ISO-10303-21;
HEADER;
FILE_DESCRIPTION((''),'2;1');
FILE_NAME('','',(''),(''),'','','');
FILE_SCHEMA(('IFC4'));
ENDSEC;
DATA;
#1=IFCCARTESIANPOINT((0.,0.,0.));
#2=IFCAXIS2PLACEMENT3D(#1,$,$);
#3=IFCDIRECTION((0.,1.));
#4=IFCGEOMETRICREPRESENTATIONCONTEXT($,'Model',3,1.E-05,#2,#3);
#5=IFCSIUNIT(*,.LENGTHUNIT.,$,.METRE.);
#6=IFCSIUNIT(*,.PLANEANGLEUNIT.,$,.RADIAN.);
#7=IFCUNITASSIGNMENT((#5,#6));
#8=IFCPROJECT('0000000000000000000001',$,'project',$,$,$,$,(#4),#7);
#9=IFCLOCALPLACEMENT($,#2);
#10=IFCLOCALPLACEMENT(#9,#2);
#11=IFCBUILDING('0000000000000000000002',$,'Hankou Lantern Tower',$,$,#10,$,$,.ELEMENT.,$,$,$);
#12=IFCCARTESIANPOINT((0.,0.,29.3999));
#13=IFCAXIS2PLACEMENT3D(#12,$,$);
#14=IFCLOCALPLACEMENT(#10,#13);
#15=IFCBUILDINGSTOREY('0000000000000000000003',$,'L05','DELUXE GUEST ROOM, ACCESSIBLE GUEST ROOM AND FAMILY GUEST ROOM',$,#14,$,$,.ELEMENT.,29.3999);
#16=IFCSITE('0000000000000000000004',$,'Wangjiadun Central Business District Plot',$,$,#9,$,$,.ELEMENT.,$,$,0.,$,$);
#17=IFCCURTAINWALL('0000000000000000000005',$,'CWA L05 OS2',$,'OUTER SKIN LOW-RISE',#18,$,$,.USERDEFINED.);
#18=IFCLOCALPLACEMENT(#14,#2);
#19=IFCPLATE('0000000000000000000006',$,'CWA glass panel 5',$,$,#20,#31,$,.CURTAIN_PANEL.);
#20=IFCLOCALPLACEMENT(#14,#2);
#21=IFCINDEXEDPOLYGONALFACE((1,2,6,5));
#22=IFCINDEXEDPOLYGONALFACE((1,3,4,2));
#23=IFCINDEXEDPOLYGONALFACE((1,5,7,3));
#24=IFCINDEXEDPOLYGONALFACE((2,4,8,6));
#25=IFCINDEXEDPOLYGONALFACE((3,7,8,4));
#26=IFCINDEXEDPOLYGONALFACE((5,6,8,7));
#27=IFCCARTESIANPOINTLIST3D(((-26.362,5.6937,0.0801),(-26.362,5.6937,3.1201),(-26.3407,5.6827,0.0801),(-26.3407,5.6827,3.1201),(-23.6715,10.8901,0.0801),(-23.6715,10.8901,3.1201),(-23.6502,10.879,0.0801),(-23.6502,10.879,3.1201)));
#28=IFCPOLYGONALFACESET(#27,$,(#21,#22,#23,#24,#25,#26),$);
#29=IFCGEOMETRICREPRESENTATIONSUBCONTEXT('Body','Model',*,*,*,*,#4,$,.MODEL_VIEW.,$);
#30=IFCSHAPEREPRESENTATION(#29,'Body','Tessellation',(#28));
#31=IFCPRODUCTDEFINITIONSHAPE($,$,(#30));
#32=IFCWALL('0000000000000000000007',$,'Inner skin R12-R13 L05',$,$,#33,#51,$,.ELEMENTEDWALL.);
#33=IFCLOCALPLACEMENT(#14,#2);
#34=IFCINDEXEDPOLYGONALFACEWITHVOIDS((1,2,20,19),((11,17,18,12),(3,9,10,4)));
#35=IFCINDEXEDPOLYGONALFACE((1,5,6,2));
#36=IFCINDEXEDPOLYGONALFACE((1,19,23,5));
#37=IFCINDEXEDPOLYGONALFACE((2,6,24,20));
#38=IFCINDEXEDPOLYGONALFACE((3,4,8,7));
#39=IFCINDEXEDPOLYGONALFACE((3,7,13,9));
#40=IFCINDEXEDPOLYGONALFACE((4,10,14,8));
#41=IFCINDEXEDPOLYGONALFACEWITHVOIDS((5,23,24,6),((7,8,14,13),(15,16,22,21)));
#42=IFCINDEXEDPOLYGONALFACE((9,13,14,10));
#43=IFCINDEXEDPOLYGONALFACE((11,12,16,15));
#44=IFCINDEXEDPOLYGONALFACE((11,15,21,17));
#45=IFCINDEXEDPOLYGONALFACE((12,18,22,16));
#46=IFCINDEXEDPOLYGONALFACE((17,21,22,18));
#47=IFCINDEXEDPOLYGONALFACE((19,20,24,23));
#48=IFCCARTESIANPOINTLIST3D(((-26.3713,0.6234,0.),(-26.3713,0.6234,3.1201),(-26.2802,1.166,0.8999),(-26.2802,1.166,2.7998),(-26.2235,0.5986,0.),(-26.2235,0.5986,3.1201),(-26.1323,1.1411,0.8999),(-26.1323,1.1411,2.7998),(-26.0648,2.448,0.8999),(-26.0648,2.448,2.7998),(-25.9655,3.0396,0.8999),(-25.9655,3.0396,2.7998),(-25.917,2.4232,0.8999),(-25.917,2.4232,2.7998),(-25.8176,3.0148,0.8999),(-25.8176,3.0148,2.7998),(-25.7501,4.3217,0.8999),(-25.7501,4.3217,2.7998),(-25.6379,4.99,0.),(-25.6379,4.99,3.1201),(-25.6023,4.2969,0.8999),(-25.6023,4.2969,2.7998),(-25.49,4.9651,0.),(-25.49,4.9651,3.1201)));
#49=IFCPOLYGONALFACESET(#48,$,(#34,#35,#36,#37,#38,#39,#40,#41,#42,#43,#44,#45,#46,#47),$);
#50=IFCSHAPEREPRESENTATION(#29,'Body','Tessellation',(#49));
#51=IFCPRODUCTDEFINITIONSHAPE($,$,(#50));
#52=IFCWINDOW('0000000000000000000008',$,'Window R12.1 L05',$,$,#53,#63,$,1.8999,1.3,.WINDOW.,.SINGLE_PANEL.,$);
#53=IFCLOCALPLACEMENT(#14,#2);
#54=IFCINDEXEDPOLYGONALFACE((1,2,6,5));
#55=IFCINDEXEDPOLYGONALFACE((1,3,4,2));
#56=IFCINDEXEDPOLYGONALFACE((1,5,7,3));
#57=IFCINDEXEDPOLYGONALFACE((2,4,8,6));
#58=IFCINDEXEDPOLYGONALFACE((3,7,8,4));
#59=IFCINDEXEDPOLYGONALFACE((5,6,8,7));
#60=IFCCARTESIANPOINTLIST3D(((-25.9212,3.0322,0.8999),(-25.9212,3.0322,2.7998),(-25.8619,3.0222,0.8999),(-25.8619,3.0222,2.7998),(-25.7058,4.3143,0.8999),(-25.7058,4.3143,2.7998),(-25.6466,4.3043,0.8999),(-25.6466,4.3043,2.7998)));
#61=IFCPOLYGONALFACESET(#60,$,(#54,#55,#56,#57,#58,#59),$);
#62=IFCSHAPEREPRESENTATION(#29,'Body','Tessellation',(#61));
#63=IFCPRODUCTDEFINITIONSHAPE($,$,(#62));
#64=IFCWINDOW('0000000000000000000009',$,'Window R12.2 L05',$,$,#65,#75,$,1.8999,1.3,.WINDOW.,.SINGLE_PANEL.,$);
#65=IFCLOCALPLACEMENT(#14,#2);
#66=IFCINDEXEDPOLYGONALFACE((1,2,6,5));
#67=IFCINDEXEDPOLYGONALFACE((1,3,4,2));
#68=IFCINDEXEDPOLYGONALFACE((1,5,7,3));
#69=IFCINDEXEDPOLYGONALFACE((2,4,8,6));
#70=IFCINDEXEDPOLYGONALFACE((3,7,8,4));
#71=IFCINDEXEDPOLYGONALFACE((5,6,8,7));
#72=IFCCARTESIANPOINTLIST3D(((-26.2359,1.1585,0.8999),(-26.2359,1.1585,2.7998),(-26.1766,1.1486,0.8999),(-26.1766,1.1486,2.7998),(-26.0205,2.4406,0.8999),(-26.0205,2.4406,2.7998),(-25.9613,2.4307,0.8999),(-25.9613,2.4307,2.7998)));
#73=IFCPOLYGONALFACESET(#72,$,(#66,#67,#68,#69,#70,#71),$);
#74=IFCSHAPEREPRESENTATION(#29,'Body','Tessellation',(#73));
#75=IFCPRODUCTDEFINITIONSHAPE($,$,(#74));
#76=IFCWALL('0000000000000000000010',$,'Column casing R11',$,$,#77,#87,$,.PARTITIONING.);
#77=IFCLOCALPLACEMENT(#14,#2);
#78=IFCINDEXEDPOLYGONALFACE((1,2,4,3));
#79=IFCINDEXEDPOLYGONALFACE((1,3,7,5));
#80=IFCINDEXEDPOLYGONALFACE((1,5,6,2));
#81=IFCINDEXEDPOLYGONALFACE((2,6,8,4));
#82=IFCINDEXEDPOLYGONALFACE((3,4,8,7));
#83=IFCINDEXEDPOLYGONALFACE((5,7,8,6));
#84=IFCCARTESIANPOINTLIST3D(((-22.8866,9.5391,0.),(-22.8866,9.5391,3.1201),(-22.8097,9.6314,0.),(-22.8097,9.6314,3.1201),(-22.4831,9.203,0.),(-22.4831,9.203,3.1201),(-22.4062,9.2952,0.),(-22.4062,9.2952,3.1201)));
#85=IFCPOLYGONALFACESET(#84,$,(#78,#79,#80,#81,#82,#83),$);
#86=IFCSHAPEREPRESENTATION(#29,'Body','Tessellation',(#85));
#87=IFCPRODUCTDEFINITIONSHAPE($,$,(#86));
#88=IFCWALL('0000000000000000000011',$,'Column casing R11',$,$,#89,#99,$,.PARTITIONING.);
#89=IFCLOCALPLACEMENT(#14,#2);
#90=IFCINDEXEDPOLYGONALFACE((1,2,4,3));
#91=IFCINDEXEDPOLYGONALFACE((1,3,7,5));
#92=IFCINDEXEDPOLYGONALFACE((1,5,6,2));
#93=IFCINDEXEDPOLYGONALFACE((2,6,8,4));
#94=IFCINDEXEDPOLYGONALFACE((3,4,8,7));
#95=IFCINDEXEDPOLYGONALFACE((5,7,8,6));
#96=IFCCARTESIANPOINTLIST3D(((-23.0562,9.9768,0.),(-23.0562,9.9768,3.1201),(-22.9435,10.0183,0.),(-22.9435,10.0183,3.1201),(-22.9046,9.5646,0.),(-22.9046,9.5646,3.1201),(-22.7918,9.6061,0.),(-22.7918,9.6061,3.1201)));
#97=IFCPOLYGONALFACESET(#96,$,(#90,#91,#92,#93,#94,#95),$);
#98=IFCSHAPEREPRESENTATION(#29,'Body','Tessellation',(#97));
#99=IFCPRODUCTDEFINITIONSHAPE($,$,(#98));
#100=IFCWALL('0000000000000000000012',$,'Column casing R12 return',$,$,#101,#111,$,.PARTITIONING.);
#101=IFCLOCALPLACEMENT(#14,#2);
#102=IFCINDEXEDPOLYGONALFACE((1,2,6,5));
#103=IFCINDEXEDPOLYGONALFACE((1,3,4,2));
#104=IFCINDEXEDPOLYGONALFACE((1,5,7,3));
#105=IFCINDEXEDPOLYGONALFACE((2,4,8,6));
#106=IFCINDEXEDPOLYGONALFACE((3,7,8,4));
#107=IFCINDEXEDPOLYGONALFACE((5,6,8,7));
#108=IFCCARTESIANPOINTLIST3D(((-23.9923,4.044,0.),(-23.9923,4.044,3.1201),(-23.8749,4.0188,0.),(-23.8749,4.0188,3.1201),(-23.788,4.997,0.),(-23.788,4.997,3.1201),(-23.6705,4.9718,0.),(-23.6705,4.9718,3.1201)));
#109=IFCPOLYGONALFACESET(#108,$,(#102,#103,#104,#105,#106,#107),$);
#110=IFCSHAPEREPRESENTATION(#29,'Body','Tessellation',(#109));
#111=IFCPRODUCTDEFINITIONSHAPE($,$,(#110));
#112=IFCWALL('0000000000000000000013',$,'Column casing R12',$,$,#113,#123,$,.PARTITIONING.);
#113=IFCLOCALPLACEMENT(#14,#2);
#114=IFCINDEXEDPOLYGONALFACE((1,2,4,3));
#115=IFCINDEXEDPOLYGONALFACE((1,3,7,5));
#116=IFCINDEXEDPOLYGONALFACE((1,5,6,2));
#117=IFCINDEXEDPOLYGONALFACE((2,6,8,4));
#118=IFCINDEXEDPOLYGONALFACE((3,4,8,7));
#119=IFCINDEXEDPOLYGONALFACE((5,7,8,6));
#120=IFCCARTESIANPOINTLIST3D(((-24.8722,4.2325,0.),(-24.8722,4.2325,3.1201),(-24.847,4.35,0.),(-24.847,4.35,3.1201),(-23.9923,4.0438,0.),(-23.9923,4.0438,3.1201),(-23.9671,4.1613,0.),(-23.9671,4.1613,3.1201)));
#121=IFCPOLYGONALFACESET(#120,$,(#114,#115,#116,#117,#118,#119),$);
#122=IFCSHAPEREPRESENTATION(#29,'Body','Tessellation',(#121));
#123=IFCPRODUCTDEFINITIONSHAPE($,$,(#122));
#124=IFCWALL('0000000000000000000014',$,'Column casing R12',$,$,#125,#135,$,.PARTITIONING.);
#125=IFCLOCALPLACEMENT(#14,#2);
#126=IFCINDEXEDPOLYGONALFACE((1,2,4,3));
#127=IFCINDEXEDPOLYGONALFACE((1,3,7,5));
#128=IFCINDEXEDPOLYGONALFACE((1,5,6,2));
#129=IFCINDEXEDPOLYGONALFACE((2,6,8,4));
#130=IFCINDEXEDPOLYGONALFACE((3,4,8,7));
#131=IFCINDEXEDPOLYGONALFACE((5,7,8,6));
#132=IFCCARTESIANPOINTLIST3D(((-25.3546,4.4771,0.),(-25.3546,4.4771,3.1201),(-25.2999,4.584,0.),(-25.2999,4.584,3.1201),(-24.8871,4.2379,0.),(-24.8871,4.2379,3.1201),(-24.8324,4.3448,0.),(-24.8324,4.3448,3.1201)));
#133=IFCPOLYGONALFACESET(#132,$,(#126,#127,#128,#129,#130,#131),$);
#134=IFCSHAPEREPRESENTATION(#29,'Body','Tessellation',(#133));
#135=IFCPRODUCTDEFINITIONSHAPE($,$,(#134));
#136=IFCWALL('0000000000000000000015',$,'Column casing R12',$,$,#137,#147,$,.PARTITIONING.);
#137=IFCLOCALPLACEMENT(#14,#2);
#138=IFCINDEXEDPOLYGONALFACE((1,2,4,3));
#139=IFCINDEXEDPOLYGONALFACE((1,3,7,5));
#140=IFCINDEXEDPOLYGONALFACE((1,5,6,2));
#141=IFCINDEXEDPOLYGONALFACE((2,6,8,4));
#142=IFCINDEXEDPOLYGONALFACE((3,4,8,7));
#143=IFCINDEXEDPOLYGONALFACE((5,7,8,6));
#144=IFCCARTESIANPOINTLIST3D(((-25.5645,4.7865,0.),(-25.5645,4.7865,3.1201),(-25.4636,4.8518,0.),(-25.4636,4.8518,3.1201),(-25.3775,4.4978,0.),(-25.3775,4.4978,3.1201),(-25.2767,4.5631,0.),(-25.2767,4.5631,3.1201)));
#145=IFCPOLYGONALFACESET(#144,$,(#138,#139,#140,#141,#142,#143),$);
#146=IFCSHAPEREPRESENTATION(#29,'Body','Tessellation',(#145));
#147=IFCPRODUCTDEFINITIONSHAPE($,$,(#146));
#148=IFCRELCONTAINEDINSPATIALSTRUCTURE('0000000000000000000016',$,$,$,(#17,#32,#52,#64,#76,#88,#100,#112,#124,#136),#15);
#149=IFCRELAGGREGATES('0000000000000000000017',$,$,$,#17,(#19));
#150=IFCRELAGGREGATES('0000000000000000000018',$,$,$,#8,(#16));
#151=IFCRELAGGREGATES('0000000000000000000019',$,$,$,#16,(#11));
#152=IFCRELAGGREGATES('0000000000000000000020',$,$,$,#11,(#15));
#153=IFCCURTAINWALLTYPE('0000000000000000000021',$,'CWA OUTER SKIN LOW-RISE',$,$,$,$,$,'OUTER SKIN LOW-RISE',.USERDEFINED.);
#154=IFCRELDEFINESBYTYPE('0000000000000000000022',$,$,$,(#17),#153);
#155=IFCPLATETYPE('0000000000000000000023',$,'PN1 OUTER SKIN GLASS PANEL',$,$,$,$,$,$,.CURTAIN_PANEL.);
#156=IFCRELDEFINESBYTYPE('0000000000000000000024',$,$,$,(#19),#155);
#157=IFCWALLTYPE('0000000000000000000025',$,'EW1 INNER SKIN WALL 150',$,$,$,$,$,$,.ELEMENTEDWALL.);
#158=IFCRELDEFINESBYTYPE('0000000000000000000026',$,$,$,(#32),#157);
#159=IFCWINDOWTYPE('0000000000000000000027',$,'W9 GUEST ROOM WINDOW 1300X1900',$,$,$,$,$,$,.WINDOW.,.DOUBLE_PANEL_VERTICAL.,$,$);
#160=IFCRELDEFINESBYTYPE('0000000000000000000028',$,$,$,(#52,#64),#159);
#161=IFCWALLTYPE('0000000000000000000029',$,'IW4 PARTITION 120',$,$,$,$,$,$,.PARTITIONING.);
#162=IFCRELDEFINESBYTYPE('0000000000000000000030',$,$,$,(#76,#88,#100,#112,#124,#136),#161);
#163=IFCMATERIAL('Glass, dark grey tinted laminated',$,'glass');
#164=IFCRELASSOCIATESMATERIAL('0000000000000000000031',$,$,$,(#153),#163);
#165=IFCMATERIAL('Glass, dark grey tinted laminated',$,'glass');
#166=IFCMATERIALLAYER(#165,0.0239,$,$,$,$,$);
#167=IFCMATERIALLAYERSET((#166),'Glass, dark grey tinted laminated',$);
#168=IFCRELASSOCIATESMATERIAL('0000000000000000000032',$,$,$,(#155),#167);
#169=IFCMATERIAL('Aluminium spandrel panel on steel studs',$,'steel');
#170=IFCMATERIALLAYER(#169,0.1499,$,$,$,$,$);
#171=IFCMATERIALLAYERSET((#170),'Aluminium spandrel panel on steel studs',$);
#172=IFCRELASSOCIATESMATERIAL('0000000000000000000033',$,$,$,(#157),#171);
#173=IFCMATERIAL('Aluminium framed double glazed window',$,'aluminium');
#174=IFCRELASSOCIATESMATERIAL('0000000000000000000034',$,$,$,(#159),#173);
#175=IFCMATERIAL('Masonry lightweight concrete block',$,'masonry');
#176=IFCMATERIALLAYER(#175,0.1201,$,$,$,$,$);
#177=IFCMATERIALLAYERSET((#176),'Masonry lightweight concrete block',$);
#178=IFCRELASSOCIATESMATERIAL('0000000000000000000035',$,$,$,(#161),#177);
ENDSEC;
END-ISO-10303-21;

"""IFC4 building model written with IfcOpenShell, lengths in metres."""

from ifc_helpers import new_model, si_unit, direction, frame, frame_2d, origin, origin_2d, place, context, subcontext, project, spatial, rectangle, extrude, material, layer, layer_set, type_object, element, fill, aggregate, save


model = new_model("IFC4")

# Units and contexts
model_context = context("Model", 3, precision=1e-05, world=origin(), true_north=direction((0.0, 1.0)))
body_context = subcontext(model_context, "Body", "Model", "MODEL_VIEW")
ifc_project = project(units=[si_unit("LENGTHUNIT", "METRE"), si_unit("PLANEANGLEUNIT", "RADIAN")], contexts=[model_context])

# Site, building, storey
site_placement = place(None, origin())
site = spatial("IfcSite", under=ifc_project, at=site_placement, Name="Wangjiadun Central Business District Plot", CompositionType="ELEMENT", RefElevation=0.0)
building_placement = place(site_placement, origin())
building = spatial("IfcBuilding", under=site, at=building_placement, Name="Hankou Lantern Tower", CompositionType="ELEMENT")
storey_placement = place(building_placement, frame((0.0, 0.0, 29.3999)))
storey = spatial("IfcBuildingStorey", under=building, at=storey_placement, Name="L05", Description="DELUXE GUEST ROOM, ACCESSIBLE GUEST ROOM AND FAMILY GUEST ROOM", CompositionType="ELEMENT", Elevation=29.3999)

# Curtain wall
ifc_material_1 = material(Name="Glass, dark grey tinted laminated", Category="glass")
curtain_wall_type = type_object("IfcCurtainWallType", Name="CWA OUTER SKIN LOW-RISE", ElementType="OUTER SKIN LOW-RISE", PredefinedType="USERDEFINED", material=ifc_material_1)
curtain_wall_placement = place(storey_placement, origin())
curtain_wall = element("IfcCurtainWall", 1, at=curtain_wall_placement, inside=storey, type_object=curtain_wall_type, Name="CWA L05 OS2", ObjectType="OUTER SKIN LOW-RISE", PredefinedType="USERDEFINED")

# Plate
ifc_material_2 = material(Name="Glass, dark grey tinted laminated", Category="glass")
ifc_layer_1 = layer(ifc_material_2, 0.0239)
ifc_layer_set_1 = layer_set([ifc_layer_1], Name="Glass, dark grey tinted laminated")
plate_type = type_object("IfcPlateType", Name="PN1 OUTER SKIN GLASS PANEL", PredefinedType="CURTAIN_PANEL", material=ifc_layer_set_1)
plate_placement = place(storey_placement, frame((-25.0061, 8.2864, 0.0801), z_axis=(0.0, 0.0, 1.0), x_axis=(-0.459791, -0.888027, 0.0)))
plate = element("IfcPlate", 2, at=plate_placement, type_object=plate_type, Name="CWA glass panel 5", PredefinedType="CURTAIN_PANEL", context=body_context, shape_type="SweptSolid", body=[
    extrude(rectangle(XDim=5.8516, YDim=0.0239, at=origin_2d()), origin(), (0.0, 0.0, 1.0), 3.04),
])
aggregate(curtain_wall, [plate])

# Wall, openings, windows
ifc_material_3 = material(Name="Aluminium spandrel panel on steel studs", Category="steel")
ifc_layer_2 = layer(ifc_material_3, 0.1499)
ifc_layer_set_2 = layer_set([ifc_layer_2], Name="Aluminium spandrel panel on steel studs")
wall_type_1 = type_object("IfcWallType", Name="EW1 INNER SKIN WALL 150", PredefinedType="ELEMENTEDWALL", material=ifc_layer_set_2)
wall_1_placement = place(storey_placement, frame((-25.564, 4.9775, 0.0), z_axis=(0.0, 0.0, 1.0), x_axis=(-0.165642, -0.986186, 0.0)))
wall_1 = element("IfcWall", 3, at=wall_1_placement, inside=storey, type_object=wall_type_1, Name="Inner skin R12-R13 L05", PredefinedType="ELEMENTEDWALL", context=body_context, shape_type="SweptSolid", body=[
    extrude(rectangle(XDim=4.4277, YDim=0.1499, at=frame_2d((2.2139, 0.0))), origin(), (0.0, 0.0, 1.0), 3.1201),
])
opening_1_placement = place(wall_1_placement, frame((0.6777, 0.0, 0.8999)))
opening_1 = element("IfcOpeningElement", 4, at=opening_1_placement, cuts=wall_1, PredefinedType="OPENING", context=body_context, shape_type="SweptSolid", body=[
    extrude(rectangle(XDim=1.3, YDim=1.8999, at=frame_2d((0.6499, 0.95))), frame((0.0, 0.085, 0.0), z_axis=(0.0, -1.0, 0.0), x_axis=(1.0, 0.0, 0.0)), (0.0, 0.0, 1.0), 0.1699),
])
opening_2_placement = place(wall_1_placement, frame((2.5776, 0.0, 0.8999)))
opening_2 = element("IfcOpeningElement", 5, at=opening_2_placement, cuts=wall_1, PredefinedType="OPENING", context=body_context, shape_type="SweptSolid", body=[
    extrude(rectangle(XDim=1.3, YDim=1.8999, at=frame_2d((0.6499, 0.95))), frame((0.0, 0.085, 0.0), z_axis=(0.0, -1.0, 0.0), x_axis=(1.0, 0.0, 0.0)), (0.0, 0.0, 1.0), 0.1699),
])
ifc_material_4 = material(Name="Aluminium framed double glazed window", Category="aluminium")
window_type = type_object("IfcWindowType", Name="W9 GUEST ROOM WINDOW 1300X1900", PartitioningType="DOUBLE_PANEL_VERTICAL", PredefinedType="WINDOW", material=ifc_material_4)
window_1_placement = place(opening_1_placement, origin())
window_1 = element("IfcWindow", 6, at=window_1_placement, inside=storey, type_object=window_type, Name="Window R12.1 L05", OverallHeight=1.8999, OverallWidth=1.3, PartitioningType="SINGLE_PANEL", PredefinedType="WINDOW", context=body_context, shape_type="SweptSolid", body=[
    extrude(rectangle(XDim=1.3, YDim=1.8999, at=frame_2d((0.6499, 0.95))), frame((0.0, 0.03, 0.0), z_axis=(0.0, -1.0, 0.0), x_axis=(1.0, 0.0, 0.0)), (0.0, 0.0, 1.0), 0.0601),
])
fill(opening_1, window_1)
window_2_placement = place(opening_2_placement, origin())
window_2 = element("IfcWindow", 7, at=window_2_placement, inside=storey, type_object=window_type, Name="Window R12.2 L05", OverallHeight=1.8999, OverallWidth=1.3, PartitioningType="SINGLE_PANEL", PredefinedType="WINDOW", context=body_context, shape_type="SweptSolid", body=[
    extrude(rectangle(XDim=1.3, YDim=1.8999, at=frame_2d((0.6499, 0.95))), frame((0.0, 0.03, 0.0), z_axis=(0.0, -1.0, 0.0), x_axis=(1.0, 0.0, 0.0)), (0.0, 0.0, 1.0), 0.0601),
])
fill(opening_2, window_2)

# Walls
ifc_material_5 = material(Name="Masonry lightweight concrete block", Category="masonry")
ifc_layer_3 = layer(ifc_material_5, 0.1201)
ifc_layer_set_3 = layer_set([ifc_layer_3], Name="Masonry lightweight concrete block")
wall_type_2 = type_object("IfcWallType", Name="IW4 PARTITION 120", PredefinedType="PARTITIONING", material=ifc_layer_set_3)
wall_2_placement = place(storey_placement, frame((-22.4446, 9.249, 0.0), z_axis=(0.0, 0.0, 1.0), x_axis=(-0.768336, 0.640047, 0.0)))
element("IfcWall", 8, at=wall_2_placement, inside=storey, type_object=wall_type_2, Name="Column casing R11", PredefinedType="PARTITIONING", context=body_context, shape_type="SweptSolid", body=[
    extrude(rectangle(XDim=0.5251, YDim=0.1201, at=frame_2d((0.2627, 0.0))), origin(), (0.0, 0.0, 1.0), 3.1201),
])
wall_3_placement = place(storey_placement, frame((-22.8481, 9.5852, 0.0), z_axis=(0.0, 0.0, 1.0), x_axis=(-0.345267, 0.938504, 0.0)))
element("IfcWall", 9, at=wall_3_placement, inside=storey, type_object=wall_type_2, Name="Column casing R11", PredefinedType="PARTITIONING", context=body_context, shape_type="SweptSolid", body=[
    extrude(rectangle(XDim=0.4392, YDim=0.1201, at=frame_2d((0.2197, 0.0))), origin(), (0.0, 0.0, 1.0), 3.1201),
])
wall_4_placement = place(storey_placement, frame((-23.7292, 4.9844, 0.0), z_axis=(0.0, 0.0, 1.0), x_axis=(-0.209683, -0.977769, 0.0)))
element("IfcWall", 10, at=wall_4_placement, inside=storey, type_object=wall_type_2, Name="Column casing R12 return", PredefinedType="PARTITIONING", context=body_context, shape_type="SweptSolid", body=[
    extrude(rectangle(XDim=0.9746, YDim=0.1201, at=frame_2d((0.4873, 0.0))), origin(), (0.0, 0.0, 1.0), 3.1201),
])
wall_5_placement = place(storey_placement, frame((-23.9797, 4.1025, 0.0), z_axis=(0.0, 0.0, 1.0), x_axis=(-0.977763, 0.209714, 0.0)))
element("IfcWall", 11, at=wall_5_placement, inside=storey, type_object=wall_type_2, Name="Column casing R12", PredefinedType="PARTITIONING", context=body_context, shape_type="SweptSolid", body=[
    extrude(rectangle(XDim=0.8999, YDim=0.1201, at=frame_2d((0.45, 0.0))), origin(), (0.0, 0.0, 1.0), 3.1201),
])
wall_6_placement = place(storey_placement, frame((-24.8596, 4.2913, 0.0), z_axis=(0.0, 0.0, 1.0), x_axis=(-0.890204, 0.455561, 0.0)))
element("IfcWall", 12, at=wall_6_placement, inside=storey, type_object=wall_type_2, Name="Column casing R12", PredefinedType="PARTITIONING", context=body_context, shape_type="SweptSolid", body=[
    extrude(rectangle(XDim=0.5251, YDim=0.1201, at=frame_2d((0.2627, 0.0))), origin(), (0.0, 0.0, 1.0), 3.1201),
])
wall_7_placement = place(storey_placement, frame((-25.3271, 4.5305, 0.0), z_axis=(0.0, 0.0, 1.0), x_axis=(-0.543516, 0.839399, 0.0)))
element("IfcWall", 13, at=wall_7_placement, inside=storey, type_object=wall_type_2, Name="Column casing R12", PredefinedType="PARTITIONING", context=body_context, shape_type="SweptSolid", body=[
    extrude(rectangle(XDim=0.344, YDim=0.1201, at=frame_2d((0.1719, 0.0))), origin(), (0.0, 0.0, 1.0), 3.1201),
])

save(model, "model.ifc")
